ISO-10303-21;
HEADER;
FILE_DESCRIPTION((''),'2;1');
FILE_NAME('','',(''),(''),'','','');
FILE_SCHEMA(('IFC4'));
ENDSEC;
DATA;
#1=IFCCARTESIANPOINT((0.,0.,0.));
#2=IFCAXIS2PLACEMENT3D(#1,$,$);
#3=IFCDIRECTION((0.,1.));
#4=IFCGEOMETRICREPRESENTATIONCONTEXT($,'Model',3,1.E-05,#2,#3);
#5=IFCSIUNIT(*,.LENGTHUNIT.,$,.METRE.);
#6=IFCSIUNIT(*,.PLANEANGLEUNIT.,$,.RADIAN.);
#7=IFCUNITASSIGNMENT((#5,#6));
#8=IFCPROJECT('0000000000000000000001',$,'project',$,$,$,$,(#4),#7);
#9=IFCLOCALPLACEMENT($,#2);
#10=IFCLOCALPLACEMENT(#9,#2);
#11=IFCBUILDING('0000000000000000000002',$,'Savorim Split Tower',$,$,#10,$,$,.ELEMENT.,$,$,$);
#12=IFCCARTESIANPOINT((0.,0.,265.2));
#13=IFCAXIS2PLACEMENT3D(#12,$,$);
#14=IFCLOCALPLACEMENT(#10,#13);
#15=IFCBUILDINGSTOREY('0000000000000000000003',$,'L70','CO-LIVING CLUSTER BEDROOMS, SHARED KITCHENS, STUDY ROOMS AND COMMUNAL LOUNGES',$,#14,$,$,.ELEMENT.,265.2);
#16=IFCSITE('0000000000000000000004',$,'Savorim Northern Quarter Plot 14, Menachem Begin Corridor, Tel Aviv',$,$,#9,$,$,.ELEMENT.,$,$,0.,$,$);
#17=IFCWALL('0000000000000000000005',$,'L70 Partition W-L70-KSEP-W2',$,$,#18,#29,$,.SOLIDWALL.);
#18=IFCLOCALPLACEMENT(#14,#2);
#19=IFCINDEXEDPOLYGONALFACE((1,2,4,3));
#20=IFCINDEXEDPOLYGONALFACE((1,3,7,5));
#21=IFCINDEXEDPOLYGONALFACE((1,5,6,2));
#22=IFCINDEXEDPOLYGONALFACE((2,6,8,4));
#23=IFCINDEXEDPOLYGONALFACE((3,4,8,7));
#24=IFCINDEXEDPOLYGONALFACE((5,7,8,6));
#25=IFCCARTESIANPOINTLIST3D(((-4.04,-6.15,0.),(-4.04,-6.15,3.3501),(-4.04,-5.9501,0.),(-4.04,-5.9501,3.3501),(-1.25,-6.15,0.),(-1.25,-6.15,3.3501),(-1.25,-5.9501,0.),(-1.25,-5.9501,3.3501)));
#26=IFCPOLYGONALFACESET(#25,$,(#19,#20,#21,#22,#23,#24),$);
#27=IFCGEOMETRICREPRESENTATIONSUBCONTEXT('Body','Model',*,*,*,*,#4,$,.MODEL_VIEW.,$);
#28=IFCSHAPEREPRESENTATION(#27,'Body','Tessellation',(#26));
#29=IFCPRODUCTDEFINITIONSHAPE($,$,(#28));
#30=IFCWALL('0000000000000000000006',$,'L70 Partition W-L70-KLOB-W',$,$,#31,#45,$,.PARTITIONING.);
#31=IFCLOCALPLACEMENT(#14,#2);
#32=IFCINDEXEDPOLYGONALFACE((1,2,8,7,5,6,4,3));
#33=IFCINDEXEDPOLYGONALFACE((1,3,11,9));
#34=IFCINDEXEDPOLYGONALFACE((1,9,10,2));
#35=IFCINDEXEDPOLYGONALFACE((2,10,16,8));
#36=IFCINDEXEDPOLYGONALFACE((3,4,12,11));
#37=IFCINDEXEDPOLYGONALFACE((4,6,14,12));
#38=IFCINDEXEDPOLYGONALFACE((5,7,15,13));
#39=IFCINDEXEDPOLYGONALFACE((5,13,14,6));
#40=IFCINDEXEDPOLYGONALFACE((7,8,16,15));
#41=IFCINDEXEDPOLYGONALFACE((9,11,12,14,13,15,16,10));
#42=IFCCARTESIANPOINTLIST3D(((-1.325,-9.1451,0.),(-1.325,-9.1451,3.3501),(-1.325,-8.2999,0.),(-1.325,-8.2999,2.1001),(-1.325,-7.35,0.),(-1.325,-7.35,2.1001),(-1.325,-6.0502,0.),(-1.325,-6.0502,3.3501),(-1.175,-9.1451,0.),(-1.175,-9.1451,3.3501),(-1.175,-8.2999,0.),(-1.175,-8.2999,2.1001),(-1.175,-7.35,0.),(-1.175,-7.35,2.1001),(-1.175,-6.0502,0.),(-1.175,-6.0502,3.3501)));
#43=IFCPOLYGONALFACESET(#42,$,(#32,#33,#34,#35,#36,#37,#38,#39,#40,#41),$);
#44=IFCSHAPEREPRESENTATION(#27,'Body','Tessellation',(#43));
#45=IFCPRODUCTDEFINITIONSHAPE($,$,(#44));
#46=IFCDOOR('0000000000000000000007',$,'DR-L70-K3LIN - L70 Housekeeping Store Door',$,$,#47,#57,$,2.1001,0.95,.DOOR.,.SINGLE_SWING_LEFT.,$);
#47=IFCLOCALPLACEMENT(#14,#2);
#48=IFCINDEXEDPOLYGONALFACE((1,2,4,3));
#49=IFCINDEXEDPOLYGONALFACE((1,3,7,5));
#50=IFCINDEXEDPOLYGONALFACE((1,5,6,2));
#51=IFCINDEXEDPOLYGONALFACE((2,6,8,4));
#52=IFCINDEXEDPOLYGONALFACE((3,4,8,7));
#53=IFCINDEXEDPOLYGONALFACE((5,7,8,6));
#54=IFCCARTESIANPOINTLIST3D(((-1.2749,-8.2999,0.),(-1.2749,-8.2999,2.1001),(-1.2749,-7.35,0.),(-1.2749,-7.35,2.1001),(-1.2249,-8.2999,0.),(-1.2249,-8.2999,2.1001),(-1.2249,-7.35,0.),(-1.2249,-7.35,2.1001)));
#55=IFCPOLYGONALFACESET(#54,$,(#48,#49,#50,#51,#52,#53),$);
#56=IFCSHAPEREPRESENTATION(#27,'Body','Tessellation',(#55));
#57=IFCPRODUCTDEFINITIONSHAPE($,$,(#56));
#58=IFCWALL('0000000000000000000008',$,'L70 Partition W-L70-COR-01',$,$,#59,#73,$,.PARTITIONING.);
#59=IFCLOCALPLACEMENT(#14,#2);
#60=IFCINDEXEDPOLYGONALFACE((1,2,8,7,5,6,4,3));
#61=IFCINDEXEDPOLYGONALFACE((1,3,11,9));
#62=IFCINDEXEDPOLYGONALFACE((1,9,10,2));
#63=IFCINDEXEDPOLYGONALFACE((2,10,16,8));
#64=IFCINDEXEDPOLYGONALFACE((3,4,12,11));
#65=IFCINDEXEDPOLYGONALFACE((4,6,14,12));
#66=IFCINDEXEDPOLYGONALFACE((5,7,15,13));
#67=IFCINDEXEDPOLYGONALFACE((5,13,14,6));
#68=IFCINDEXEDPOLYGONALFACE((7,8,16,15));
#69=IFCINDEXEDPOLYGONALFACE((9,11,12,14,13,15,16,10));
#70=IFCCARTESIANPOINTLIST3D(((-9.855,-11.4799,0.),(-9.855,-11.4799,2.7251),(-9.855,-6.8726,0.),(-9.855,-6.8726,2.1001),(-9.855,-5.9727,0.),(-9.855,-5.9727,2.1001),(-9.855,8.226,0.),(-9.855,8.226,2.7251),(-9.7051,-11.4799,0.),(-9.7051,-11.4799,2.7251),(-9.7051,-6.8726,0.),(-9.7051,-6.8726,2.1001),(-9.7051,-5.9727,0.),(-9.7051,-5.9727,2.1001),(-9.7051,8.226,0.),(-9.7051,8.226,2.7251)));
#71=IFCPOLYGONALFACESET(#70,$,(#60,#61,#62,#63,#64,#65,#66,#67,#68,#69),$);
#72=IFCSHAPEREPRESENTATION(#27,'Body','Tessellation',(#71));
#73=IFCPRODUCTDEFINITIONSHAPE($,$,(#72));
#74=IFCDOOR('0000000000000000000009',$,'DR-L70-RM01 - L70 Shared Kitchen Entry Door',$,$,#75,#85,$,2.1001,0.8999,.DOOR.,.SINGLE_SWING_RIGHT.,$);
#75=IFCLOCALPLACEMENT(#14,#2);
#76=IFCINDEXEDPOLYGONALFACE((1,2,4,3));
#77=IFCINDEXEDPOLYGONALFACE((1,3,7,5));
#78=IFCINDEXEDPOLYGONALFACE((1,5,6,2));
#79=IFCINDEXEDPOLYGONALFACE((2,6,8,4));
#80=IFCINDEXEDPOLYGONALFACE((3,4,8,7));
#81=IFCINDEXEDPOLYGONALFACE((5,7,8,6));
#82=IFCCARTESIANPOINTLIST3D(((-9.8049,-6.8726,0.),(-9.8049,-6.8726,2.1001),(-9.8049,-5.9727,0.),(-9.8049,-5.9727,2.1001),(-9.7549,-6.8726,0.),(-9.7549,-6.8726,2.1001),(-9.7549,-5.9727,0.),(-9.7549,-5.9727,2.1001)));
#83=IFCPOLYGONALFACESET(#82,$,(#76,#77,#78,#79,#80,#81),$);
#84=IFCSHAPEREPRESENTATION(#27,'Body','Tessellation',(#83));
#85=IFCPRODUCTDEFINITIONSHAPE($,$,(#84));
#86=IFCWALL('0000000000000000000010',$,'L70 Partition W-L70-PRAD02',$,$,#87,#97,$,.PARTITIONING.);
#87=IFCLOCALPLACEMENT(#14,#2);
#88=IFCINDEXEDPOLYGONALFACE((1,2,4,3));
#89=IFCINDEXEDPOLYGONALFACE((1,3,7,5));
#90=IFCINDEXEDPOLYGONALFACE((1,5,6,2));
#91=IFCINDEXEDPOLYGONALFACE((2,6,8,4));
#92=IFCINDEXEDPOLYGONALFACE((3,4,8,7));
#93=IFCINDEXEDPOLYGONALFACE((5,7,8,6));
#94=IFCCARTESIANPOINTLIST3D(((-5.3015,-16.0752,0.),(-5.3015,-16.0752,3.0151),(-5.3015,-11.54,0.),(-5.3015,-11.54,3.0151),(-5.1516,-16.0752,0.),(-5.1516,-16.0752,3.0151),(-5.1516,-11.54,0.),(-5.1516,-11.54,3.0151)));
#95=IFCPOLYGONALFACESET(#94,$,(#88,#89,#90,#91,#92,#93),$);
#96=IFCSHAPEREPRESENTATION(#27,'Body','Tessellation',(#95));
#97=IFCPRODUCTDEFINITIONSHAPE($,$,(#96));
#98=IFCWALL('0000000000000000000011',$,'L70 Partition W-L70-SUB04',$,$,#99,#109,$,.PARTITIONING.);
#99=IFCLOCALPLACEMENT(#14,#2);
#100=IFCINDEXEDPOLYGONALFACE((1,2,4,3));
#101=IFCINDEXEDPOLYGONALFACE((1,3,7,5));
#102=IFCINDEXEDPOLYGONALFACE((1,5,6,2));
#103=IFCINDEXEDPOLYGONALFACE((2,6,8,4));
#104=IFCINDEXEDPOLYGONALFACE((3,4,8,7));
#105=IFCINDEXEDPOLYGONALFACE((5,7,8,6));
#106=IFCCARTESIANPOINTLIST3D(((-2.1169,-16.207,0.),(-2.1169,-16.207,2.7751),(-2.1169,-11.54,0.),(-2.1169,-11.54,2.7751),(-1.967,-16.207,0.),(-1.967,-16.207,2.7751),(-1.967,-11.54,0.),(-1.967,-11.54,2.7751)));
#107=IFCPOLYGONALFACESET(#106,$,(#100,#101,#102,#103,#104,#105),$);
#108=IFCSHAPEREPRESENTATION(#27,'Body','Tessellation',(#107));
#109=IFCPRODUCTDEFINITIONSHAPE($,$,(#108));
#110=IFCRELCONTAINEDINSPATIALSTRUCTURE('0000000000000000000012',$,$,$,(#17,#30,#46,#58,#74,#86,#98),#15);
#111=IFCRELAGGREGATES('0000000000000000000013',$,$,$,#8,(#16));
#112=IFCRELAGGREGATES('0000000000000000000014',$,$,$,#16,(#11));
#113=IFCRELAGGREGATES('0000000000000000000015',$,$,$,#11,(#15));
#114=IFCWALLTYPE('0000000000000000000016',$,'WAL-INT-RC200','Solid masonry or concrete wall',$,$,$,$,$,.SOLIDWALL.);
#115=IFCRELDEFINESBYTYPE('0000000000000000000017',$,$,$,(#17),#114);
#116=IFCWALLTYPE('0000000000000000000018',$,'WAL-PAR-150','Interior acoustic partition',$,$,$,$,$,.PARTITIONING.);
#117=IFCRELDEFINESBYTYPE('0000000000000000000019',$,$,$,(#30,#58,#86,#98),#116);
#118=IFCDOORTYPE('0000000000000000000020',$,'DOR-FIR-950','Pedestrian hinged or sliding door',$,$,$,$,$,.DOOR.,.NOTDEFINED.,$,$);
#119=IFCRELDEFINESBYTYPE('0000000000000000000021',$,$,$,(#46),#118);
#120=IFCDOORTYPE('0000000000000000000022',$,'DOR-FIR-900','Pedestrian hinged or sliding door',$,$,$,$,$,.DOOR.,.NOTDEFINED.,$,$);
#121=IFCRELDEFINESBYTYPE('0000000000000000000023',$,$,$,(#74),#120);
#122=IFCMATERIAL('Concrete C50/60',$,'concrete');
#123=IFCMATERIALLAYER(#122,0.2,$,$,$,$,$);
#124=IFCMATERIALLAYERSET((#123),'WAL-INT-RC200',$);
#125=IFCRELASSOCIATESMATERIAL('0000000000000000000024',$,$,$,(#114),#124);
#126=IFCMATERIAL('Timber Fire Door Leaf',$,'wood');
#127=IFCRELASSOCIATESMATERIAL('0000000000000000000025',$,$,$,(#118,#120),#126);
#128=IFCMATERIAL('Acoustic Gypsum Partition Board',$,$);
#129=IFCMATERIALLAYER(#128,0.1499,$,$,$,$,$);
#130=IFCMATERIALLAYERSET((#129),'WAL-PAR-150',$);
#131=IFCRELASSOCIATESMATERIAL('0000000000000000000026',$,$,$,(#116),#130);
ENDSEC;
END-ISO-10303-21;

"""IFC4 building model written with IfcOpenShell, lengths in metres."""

from ifc_helpers import new_model, si_unit, direction, frame, frame_2d, origin, place, context, subcontext, project, spatial, rectangle, extrude, material, layer, layer_set, type_object, element, fill, save


model = new_model("IFC4")

# Units and contexts
model_context = context("Model", 3, precision=1e-05, world=origin(), true_north=direction((0.0, 1.0)))
body_context = subcontext(model_context, "Body", "Model", "MODEL_VIEW")
ifc_project = project(units=[si_unit("LENGTHUNIT", "METRE"), si_unit("PLANEANGLEUNIT", "RADIAN")], contexts=[model_context])

# Site, building, storey
site_placement = place(None, origin())
site = spatial("IfcSite", under=ifc_project, at=site_placement, Name="Savorim Northern Quarter Plot 14, Menachem Begin Corridor, Tel Aviv", CompositionType="ELEMENT", RefElevation=0.0)
building_placement = place(site_placement, origin())
building = spatial("IfcBuilding", under=site, at=building_placement, Name="Savorim Split Tower", CompositionType="ELEMENT")
storey_placement = place(building_placement, frame((0.0, 0.0, 265.2)))
storey = spatial("IfcBuildingStorey", under=building, at=storey_placement, Name="L70", Description="CO-LIVING CLUSTER BEDROOMS, SHARED KITCHENS, STUDY ROOMS AND COMMUNAL LOUNGES", CompositionType="ELEMENT", Elevation=265.2)

# Shared definitions
ifc_material_1 = material(Name="Timber Fire Door Leaf", Category="wood")

# Shared definitions
ifc_material_2 = material(Name="Concrete C50/60", Category="concrete")
ifc_layer_1 = layer(ifc_material_2, 0.2)
ifc_layer_set_1 = layer_set([ifc_layer_1], Name="WAL-INT-RC200")
wall_type_1 = type_object("IfcWallType", Name="WAL-INT-RC200", Description="Solid masonry or concrete wall", PredefinedType="SOLIDWALL", material=ifc_layer_set_1)

# Shared definitions
door_type_1 = type_object("IfcDoorType", Name="DOR-FIR-950", Description="Pedestrian hinged or sliding door", OperationType="NOTDEFINED", PredefinedType="DOOR", material=ifc_material_1)

# Wall
wall_1_placement = place(storey_placement, frame((-4.04, -6.05, 0.0), z_axis=(0.0, 0.0, 1.0), x_axis=(1.0, 0.0, 0.0)))
element("IfcWall", 1, at=wall_1_placement, inside=storey, type_object=wall_type_1, Name="L70 Partition W-L70-KSEP-W2", PredefinedType="SOLIDWALL", context=body_context, shape_type="SweptSolid", body=[
    extrude(rectangle(XDim=2.79, YDim=0.2, at=frame_2d((1.395, 0.0))), origin(), (0.0, 0.0, 1.0), 3.3501),
])

# Walls, openings, doors
ifc_material_3 = material(Name="Acoustic Gypsum Partition Board")
ifc_layer_2 = layer(ifc_material_3, 0.1499)
ifc_layer_set_2 = layer_set([ifc_layer_2], Name="WAL-PAR-150")
wall_type_2 = type_object("IfcWallType", Name="WAL-PAR-150", Description="Interior acoustic partition", PredefinedType="PARTITIONING", material=ifc_layer_set_2)
wall_2_placement = place(storey_placement, frame((-1.25, -9.145, 0.0), z_axis=(0.0, 0.0, 1.0), x_axis=(0.0, 1.0, 0.0)))
wall_2 = element("IfcWall", 2, at=wall_2_placement, inside=storey, type_object=wall_type_2, Name="L70 Partition W-L70-KLOB-W", PredefinedType="PARTITIONING", context=body_context, shape_type="SweptSolid", body=[
    extrude(rectangle(XDim=3.095, YDim=0.1499, at=frame_2d((1.5474, 0.0))), origin(), (0.0, 0.0, 1.0), 3.3501),
])
opening_1_placement = place(wall_2_placement, frame((0.845, 0.0, 0.0)))
opening_1 = element("IfcOpeningElement", 3, at=opening_1_placement, cuts=wall_2, PredefinedType="OPENING", context=body_context, shape_type="SweptSolid", body=[
    extrude(rectangle(XDim=0.95, YDim=2.1001, at=frame_2d((0.4751, 1.05))), frame((0.0, 0.085, 0.0), z_axis=(0.0, -1.0, 0.0), x_axis=(1.0, 0.0, 0.0)), (0.0, 0.0, 1.0), 0.1699),
])
door_1_placement = place(opening_1_placement, origin())
door_1 = element("IfcDoor", 4, at=door_1_placement, inside=storey, type_object=door_type_1, Name="DR-L70-K3LIN - L70 Housekeeping Store Door", OperationType="SINGLE_SWING_LEFT", OverallHeight=2.1001, OverallWidth=0.95, PredefinedType="DOOR", context=body_context, shape_type="SweptSolid", body=[
    extrude(rectangle(XDim=0.95, YDim=2.1001, at=frame_2d((0.4751, 1.05))), frame((0.0, 0.0249, 0.0), z_axis=(0.0, -1.0, 0.0), x_axis=(1.0, 0.0, 0.0)), (0.0, 0.0, 1.0), 0.05),
])
fill(opening_1, door_1)
wall_3_placement = place(storey_placement, frame((-9.78, -11.48, 0.0), z_axis=(0.0, 0.0, 1.0), x_axis=(0.0, 1.0, 0.0)))
wall_3 = element("IfcWall", 5, at=wall_3_placement, inside=storey, type_object=wall_type_2, Name="L70 Partition W-L70-COR-01", PredefinedType="PARTITIONING", context=body_context, shape_type="SweptSolid", body=[
    extrude(rectangle(XDim=19.7058, YDim=0.1499, at=frame_2d((9.853, 0.0))), origin(), (0.0, 0.0, 1.0), 2.7251),
])
opening_2_placement = place(wall_3_placement, frame((4.6074, 0.0, 0.0)))
opening_2 = element("IfcOpeningElement", 6, at=opening_2_placement, cuts=wall_3, PredefinedType="OPENING", context=body_context, shape_type="SweptSolid", body=[
    extrude(rectangle(XDim=0.8999, YDim=2.1001, at=frame_2d((0.45, 1.05))), frame((0.0, 0.085, 0.0), z_axis=(0.0, -1.0, 0.0), x_axis=(1.0, 0.0, 0.0)), (0.0, 0.0, 1.0), 0.1699),
])
door_type_2 = type_object("IfcDoorType", Name="DOR-FIR-900", Description="Pedestrian hinged or sliding door", OperationType="NOTDEFINED", PredefinedType="DOOR", material=ifc_material_1)
door_2_placement = place(opening_2_placement, origin())
door_2 = element("IfcDoor", 7, at=door_2_placement, inside=storey, type_object=door_type_2, Name="DR-L70-RM01 - L70 Shared Kitchen Entry Door", OperationType="SINGLE_SWING_RIGHT", OverallHeight=2.1001, OverallWidth=0.8999, PredefinedType="DOOR", context=body_context, shape_type="SweptSolid", body=[
    extrude(rectangle(XDim=0.8999, YDim=2.1001, at=frame_2d((0.45, 1.05))), frame((0.0, 0.0249, 0.0), z_axis=(0.0, -1.0, 0.0), x_axis=(1.0, 0.0, 0.0)), (0.0, 0.0, 1.0), 0.05),
])
fill(opening_2, door_2)

# Walls
wall_4_placement = place(storey_placement, frame((-5.2266, -11.54, 0.0), z_axis=(0.0, 0.0, 1.0), x_axis=(0.0, -1.0, 0.0)))
element("IfcWall", 8, at=wall_4_placement, inside=storey, type_object=wall_type_2, Name="L70 Partition W-L70-PRAD02", PredefinedType="PARTITIONING", context=body_context, shape_type="SweptSolid", body=[
    extrude(rectangle(XDim=4.5352, YDim=0.1499, at=frame_2d((2.2676, 0.0))), origin(), (0.0, 0.0, 1.0), 3.0151),
])
wall_5_placement = place(storey_placement, frame((-2.042, -11.54, 0.0), z_axis=(0.0, 0.0, 1.0), x_axis=(0.0, -1.0, 0.0)))
element("IfcWall", 9, at=wall_5_placement, inside=storey, type_object=wall_type_2, Name="L70 Partition W-L70-SUB04", PredefinedType="PARTITIONING", context=body_context, shape_type="SweptSolid", body=[
    extrude(rectangle(XDim=4.667, YDim=0.1499, at=frame_2d((2.3335, 0.0))), origin(), (0.0, 0.0, 1.0), 2.7751),
])

save(model, "model.ifc")
